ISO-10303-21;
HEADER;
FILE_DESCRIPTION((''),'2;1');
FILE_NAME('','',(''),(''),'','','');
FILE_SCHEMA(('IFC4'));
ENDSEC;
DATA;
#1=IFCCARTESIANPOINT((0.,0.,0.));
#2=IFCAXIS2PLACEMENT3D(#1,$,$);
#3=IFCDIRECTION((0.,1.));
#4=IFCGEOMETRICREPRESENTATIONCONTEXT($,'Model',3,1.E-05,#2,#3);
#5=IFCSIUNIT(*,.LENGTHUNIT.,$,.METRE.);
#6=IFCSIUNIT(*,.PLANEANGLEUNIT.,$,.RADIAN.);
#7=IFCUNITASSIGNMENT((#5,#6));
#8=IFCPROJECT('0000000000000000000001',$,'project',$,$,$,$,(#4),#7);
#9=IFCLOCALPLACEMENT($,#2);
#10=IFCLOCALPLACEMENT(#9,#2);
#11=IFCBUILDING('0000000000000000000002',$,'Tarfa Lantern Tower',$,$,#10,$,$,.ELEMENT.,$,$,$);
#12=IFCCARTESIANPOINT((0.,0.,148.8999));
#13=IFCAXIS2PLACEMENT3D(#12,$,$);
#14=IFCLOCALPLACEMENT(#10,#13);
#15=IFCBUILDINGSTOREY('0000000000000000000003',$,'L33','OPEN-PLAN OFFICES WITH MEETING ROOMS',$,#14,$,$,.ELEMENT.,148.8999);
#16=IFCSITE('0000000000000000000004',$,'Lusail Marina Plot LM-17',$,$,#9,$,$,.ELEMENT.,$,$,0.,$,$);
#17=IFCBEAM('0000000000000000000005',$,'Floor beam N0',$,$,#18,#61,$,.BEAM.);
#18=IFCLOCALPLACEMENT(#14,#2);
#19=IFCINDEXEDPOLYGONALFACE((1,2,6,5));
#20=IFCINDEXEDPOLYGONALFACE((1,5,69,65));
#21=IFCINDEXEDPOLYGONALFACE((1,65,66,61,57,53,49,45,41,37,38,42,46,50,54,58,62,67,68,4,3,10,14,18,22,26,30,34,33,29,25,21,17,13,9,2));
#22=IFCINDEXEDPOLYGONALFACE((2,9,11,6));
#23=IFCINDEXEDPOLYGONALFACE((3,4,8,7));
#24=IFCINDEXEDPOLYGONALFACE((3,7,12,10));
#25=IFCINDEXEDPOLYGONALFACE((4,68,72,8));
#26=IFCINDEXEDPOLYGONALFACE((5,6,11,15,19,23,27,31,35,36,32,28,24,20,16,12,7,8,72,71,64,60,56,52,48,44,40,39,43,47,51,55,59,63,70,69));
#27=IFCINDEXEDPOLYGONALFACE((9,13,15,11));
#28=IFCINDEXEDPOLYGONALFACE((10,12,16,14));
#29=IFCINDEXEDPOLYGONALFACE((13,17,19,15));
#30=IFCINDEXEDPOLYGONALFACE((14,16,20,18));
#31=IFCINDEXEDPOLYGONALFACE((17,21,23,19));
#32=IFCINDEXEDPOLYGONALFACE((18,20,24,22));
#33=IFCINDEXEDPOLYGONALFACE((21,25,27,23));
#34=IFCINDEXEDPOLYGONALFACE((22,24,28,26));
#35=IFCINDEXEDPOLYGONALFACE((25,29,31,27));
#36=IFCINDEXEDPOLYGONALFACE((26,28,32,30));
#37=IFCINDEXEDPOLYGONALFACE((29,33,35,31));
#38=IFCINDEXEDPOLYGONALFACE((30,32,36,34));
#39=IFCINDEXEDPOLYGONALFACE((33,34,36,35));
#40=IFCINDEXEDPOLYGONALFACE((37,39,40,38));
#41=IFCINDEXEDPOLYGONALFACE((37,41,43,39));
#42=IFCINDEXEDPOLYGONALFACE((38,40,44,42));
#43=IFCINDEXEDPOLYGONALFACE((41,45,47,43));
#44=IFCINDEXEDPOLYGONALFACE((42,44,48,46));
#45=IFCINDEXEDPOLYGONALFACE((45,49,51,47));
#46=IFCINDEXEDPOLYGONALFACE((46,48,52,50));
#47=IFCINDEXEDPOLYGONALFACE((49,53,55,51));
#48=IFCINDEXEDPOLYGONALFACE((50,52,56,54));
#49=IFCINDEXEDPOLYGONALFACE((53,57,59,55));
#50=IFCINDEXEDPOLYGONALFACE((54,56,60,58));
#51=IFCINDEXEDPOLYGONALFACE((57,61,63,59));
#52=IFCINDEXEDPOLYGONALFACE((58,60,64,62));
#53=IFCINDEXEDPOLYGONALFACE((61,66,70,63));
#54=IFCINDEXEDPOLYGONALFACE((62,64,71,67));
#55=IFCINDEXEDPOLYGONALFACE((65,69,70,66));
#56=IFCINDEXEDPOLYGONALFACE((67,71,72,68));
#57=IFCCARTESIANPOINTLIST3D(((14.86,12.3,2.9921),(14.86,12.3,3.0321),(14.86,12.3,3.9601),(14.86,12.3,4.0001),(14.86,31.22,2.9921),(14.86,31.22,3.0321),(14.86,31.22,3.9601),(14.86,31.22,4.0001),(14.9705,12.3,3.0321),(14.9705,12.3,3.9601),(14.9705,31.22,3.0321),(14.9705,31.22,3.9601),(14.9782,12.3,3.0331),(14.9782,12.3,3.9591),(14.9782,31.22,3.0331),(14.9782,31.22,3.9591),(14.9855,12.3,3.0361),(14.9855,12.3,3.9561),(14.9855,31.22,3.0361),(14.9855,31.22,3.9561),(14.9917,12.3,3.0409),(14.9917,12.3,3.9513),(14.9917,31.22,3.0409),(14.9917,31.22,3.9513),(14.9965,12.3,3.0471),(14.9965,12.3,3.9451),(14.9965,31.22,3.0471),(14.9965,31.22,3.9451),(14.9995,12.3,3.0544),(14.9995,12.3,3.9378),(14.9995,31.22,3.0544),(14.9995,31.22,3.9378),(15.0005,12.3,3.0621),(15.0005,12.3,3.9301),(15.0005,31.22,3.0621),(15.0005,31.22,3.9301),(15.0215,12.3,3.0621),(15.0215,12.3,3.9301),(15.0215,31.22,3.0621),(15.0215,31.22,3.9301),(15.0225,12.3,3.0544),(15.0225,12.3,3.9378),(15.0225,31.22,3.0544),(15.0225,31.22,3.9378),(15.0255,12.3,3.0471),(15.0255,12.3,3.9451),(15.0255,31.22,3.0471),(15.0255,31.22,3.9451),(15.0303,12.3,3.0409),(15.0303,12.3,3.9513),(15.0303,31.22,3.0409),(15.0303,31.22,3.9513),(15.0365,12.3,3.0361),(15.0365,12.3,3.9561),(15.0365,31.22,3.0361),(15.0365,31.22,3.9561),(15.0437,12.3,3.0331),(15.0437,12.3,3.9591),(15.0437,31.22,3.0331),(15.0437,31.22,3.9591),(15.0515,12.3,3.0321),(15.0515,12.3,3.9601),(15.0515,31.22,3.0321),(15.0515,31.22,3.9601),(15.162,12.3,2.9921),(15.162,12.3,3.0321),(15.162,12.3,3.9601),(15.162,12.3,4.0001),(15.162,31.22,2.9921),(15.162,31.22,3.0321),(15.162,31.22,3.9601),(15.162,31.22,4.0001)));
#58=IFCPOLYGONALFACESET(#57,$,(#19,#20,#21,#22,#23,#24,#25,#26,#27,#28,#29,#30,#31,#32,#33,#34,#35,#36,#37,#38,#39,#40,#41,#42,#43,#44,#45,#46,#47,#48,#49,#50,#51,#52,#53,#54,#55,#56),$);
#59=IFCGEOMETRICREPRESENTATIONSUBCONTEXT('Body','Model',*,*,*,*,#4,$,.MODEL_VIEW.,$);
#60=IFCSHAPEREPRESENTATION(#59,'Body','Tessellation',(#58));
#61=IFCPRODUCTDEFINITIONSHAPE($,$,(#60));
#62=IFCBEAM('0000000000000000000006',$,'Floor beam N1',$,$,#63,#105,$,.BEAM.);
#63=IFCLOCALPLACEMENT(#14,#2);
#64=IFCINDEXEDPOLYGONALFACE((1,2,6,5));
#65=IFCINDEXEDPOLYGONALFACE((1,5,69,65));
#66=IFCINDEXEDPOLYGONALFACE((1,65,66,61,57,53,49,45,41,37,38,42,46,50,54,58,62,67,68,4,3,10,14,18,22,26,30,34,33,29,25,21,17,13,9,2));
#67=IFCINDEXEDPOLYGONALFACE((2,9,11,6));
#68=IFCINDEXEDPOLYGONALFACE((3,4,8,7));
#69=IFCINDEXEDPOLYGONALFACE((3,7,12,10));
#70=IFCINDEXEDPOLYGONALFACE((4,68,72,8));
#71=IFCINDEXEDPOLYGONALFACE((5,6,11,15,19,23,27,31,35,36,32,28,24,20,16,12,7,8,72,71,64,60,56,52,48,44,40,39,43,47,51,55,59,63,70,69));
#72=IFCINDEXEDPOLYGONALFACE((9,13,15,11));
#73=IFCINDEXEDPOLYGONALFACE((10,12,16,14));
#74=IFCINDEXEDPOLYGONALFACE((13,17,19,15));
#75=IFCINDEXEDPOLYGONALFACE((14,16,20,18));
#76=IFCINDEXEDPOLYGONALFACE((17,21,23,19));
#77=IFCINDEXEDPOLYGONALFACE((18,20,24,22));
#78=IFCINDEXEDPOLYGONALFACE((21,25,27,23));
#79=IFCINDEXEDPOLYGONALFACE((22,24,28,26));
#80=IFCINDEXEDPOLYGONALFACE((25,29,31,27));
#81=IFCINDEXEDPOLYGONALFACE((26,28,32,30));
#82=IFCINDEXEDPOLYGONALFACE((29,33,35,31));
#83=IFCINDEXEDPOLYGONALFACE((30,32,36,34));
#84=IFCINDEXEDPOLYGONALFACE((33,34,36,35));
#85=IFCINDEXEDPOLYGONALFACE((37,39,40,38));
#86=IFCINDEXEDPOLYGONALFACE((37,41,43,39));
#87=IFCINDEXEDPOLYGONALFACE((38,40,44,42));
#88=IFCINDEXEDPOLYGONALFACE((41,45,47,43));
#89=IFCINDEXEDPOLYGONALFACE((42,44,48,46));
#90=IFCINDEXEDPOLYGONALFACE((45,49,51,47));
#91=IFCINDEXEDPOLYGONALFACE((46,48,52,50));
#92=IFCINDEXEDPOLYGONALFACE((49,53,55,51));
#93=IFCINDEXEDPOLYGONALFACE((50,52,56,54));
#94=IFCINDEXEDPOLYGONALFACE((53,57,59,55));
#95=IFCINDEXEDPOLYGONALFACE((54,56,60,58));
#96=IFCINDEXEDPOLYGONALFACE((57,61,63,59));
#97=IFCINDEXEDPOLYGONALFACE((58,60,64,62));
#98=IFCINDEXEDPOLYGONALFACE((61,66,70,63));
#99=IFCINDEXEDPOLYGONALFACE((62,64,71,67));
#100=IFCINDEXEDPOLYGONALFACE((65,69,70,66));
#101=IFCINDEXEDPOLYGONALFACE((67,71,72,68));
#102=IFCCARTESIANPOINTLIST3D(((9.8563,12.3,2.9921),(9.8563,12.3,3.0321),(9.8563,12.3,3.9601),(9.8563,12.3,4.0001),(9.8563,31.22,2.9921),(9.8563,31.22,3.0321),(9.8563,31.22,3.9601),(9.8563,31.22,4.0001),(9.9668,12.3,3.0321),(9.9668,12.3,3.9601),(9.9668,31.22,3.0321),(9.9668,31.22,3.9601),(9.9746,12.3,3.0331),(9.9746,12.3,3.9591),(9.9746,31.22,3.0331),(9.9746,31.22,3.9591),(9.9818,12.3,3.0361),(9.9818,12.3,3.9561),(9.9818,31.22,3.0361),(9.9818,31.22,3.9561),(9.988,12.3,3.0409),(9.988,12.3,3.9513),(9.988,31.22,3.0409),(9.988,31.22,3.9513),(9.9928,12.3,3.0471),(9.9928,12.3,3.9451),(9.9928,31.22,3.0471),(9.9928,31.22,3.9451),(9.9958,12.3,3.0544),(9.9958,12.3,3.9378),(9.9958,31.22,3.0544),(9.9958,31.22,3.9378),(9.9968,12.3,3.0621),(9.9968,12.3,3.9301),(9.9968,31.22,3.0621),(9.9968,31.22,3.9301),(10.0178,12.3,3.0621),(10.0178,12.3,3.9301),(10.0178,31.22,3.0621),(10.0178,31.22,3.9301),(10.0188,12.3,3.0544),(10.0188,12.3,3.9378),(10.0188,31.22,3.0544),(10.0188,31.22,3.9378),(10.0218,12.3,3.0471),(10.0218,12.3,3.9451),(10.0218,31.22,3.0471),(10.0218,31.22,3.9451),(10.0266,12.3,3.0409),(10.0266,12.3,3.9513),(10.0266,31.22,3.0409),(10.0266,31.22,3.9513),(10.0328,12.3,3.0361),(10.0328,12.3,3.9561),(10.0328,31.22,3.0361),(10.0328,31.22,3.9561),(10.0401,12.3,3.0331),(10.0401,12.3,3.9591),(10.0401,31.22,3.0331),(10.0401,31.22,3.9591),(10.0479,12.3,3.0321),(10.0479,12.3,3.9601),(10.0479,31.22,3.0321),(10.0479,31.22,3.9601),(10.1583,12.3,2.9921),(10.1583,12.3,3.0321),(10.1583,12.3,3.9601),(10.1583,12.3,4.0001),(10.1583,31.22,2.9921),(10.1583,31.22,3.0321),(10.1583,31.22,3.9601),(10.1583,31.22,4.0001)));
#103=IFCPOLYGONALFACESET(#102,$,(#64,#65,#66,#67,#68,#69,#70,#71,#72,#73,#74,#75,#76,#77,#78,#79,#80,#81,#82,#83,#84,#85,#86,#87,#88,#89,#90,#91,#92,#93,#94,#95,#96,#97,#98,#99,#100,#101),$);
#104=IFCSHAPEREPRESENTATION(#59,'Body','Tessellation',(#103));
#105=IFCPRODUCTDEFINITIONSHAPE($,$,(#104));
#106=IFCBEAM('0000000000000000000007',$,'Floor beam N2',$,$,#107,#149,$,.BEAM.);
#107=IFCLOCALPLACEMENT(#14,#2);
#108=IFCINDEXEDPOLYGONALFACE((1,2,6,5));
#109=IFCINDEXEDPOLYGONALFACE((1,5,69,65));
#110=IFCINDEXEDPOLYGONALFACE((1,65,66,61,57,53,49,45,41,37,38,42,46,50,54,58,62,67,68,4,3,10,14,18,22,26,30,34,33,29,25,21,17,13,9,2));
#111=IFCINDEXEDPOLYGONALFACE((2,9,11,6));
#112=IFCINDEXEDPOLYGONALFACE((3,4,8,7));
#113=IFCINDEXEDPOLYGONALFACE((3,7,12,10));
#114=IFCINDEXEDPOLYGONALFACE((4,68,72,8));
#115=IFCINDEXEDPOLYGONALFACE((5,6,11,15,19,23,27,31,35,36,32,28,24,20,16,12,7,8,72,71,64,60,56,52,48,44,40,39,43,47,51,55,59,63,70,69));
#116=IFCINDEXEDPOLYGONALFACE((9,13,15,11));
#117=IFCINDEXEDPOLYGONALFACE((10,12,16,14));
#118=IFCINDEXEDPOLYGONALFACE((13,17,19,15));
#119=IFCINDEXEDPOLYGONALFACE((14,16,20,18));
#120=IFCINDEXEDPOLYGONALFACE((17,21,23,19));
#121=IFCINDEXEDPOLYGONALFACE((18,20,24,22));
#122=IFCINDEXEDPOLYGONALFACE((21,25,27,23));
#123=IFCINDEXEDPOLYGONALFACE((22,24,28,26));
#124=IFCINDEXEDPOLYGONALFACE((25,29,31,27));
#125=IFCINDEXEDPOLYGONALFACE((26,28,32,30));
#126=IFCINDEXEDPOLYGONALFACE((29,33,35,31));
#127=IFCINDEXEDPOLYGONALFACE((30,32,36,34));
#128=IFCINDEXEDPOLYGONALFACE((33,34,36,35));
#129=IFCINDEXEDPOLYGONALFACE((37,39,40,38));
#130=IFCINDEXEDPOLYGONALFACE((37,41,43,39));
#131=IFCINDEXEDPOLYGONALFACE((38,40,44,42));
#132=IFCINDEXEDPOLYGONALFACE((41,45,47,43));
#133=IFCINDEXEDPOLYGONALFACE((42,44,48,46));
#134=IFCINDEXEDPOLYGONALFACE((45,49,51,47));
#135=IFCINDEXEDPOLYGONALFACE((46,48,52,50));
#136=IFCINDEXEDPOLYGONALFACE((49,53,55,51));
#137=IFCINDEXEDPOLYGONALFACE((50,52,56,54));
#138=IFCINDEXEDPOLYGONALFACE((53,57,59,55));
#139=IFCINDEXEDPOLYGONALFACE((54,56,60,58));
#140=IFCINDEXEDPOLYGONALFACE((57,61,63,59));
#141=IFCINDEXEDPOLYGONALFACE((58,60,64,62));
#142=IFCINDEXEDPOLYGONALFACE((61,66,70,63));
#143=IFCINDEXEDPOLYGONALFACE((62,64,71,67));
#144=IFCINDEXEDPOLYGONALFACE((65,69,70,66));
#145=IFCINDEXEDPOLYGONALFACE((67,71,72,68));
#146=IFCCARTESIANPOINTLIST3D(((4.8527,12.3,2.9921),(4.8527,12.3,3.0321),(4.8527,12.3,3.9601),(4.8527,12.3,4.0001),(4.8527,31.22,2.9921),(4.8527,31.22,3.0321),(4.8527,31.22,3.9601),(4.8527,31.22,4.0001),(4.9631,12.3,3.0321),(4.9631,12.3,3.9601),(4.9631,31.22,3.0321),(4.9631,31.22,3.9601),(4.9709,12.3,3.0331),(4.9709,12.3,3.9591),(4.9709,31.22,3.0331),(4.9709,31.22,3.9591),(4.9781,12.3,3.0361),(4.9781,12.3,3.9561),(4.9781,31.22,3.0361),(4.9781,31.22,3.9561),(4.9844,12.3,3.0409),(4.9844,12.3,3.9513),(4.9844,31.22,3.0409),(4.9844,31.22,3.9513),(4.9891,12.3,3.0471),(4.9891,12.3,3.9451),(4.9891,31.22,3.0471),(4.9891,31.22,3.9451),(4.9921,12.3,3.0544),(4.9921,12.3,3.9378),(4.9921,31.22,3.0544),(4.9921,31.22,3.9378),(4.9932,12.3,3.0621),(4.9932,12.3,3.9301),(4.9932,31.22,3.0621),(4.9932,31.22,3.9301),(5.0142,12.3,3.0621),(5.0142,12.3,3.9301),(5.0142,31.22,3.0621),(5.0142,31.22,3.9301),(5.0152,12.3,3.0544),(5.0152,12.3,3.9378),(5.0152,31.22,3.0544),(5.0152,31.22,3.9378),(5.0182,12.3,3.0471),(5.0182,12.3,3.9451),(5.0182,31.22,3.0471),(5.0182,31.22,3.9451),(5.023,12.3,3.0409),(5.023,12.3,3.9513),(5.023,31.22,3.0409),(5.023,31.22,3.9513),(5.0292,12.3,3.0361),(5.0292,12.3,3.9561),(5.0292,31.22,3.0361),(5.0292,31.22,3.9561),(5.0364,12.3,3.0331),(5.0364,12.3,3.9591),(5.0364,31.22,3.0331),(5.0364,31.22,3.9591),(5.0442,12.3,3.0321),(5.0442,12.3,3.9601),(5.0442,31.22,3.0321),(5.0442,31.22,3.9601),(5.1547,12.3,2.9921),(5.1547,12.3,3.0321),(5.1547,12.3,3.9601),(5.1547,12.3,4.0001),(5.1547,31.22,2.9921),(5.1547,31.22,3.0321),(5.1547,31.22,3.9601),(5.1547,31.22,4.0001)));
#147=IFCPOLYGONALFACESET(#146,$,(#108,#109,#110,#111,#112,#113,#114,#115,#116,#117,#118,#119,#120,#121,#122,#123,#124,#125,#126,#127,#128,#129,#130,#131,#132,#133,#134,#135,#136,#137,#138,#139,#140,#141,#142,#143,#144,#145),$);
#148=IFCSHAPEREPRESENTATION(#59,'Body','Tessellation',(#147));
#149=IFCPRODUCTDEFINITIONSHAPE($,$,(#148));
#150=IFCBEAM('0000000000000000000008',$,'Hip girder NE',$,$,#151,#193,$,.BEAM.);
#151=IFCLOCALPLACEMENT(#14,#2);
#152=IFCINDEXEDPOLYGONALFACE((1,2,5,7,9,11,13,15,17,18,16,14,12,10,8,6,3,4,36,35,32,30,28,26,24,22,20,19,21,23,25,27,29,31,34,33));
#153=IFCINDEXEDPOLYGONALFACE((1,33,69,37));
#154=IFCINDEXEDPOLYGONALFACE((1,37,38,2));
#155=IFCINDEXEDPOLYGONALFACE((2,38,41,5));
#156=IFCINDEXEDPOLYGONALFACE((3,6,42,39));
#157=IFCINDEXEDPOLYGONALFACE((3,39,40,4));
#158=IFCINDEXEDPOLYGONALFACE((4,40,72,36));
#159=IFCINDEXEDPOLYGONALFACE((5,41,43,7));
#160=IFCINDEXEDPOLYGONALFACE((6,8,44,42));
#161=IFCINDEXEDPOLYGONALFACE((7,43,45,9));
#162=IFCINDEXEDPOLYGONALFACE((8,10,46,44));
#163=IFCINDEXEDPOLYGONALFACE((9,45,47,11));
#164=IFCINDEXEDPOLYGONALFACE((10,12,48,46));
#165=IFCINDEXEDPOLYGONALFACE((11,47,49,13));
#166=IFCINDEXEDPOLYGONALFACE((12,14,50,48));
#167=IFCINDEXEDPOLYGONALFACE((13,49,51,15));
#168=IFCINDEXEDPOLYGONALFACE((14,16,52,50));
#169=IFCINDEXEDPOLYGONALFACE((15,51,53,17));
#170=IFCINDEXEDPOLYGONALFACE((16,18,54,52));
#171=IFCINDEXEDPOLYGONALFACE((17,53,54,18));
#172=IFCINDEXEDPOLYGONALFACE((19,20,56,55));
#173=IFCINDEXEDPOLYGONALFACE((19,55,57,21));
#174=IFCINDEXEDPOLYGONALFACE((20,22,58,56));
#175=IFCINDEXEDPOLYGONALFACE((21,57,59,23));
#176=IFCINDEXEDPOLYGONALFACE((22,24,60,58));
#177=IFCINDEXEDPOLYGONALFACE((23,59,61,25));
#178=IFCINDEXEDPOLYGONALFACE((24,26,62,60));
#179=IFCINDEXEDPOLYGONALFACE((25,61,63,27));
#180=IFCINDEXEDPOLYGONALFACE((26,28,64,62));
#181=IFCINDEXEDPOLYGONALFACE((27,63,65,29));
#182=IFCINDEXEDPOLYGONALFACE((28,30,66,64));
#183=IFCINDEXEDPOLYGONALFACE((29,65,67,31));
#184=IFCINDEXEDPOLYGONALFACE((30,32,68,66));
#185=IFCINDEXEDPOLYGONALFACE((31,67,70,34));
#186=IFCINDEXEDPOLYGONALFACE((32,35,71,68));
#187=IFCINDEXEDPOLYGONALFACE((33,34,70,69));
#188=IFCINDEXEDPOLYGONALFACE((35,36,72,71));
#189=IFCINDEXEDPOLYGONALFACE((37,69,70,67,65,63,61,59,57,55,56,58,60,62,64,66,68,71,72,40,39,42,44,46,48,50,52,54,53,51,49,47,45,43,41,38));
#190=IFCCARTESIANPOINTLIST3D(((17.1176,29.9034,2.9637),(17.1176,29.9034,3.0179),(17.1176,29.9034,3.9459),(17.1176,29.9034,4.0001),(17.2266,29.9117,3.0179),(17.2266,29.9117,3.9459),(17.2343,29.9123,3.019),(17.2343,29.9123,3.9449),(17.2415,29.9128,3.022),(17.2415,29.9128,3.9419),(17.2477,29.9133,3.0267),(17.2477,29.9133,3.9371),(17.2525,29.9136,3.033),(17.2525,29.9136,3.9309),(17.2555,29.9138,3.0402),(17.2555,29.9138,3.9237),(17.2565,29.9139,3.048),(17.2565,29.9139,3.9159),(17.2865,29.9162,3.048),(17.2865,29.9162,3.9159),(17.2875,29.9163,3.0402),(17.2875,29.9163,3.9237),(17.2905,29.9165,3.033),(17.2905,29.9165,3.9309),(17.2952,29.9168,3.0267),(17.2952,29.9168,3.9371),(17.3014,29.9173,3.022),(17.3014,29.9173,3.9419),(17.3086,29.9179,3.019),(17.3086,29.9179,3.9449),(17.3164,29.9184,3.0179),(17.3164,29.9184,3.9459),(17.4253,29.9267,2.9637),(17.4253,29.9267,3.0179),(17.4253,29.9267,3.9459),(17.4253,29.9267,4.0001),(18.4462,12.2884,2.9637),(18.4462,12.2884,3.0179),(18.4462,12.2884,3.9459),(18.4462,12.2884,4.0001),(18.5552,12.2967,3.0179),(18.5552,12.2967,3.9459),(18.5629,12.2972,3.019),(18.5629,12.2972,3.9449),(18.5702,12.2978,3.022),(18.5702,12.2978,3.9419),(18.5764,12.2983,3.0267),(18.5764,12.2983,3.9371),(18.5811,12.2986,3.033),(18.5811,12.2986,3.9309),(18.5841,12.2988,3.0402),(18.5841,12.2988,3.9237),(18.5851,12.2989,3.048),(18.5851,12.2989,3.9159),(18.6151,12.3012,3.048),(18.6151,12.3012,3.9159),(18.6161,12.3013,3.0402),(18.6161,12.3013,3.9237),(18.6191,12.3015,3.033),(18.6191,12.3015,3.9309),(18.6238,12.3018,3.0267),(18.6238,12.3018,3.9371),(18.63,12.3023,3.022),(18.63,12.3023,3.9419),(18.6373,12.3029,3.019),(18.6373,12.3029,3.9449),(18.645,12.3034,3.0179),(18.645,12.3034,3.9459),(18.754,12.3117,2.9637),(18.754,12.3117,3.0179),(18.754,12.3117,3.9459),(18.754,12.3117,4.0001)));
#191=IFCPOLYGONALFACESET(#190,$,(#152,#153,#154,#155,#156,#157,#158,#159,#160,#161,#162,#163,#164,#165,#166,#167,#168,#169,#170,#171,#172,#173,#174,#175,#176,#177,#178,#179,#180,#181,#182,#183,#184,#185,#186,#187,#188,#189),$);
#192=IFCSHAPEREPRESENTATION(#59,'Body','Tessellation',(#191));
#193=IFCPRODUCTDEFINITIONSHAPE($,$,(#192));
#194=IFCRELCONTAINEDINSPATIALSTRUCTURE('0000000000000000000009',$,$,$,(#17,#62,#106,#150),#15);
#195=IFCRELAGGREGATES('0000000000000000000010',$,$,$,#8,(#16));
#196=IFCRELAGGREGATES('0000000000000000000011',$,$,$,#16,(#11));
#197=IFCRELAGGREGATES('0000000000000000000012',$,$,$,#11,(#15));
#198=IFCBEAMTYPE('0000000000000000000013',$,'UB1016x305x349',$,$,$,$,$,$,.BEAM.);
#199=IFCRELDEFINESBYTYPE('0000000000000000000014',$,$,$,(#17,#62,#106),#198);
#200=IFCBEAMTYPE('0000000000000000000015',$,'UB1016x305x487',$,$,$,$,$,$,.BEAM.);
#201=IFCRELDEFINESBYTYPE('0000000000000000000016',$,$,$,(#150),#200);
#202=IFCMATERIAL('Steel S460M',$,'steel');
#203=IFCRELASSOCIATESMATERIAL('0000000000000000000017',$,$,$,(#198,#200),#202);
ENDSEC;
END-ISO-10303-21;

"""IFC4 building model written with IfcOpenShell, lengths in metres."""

from ifc_helpers import new_model, si_unit, direction, frame, origin, origin_2d, place, context, subcontext, project, spatial, i_section, extrude, material, material_profile, profile_set, type_object, element, save


model = new_model("IFC4")

# Units and contexts
model_context = context("Model", 3, precision=1e-05, world=origin(), true_north=direction((0.0, 1.0)))
body_context = subcontext(model_context, "Body", "Model", "MODEL_VIEW")
ifc_project = project(units=[si_unit("LENGTHUNIT", "METRE"), si_unit("PLANEANGLEUNIT", "RADIAN")], contexts=[model_context])

# Site, building, storey
site_placement = place(None, origin())
site = spatial("IfcSite", under=ifc_project, at=site_placement, Name="Lusail Marina Plot LM-17", CompositionType="ELEMENT", RefElevation=0.0)
building_placement = place(site_placement, origin())
building = spatial("IfcBuilding", under=site, at=building_placement, Name="Tarfa Lantern Tower", CompositionType="ELEMENT")
storey_placement = place(building_placement, frame((0.0, 0.0, 148.8999)))
storey = spatial("IfcBuildingStorey", under=building, at=storey_placement, Name="L33", Description="OPEN-PLAN OFFICES WITH MEETING ROOMS", CompositionType="ELEMENT", Elevation=148.8999)

# Beams
ifc_material_1 = material(Name="Steel S460M", Category="steel")
ifc_material_profile_1 = material_profile(ifc_material_1, i_section(OverallWidth=0.302, OverallDepth=1.0081, WebThickness=0.021, FlangeThickness=0.04, FilletRadius=0.03, at=origin_2d()), Name="UB1016x305x349")
ifc_profile_set_1 = profile_set([ifc_material_profile_1], Name="Steel S460M")
beam_type_1 = type_object("IfcBeamType", Name="UB1016x305x349", PredefinedType="BEAM", material=ifc_profile_set_1)
for number, where, z_axis, x_axis, name in (
    (1, (15.011, 31.22, 3.4961), (0.0, -1.0, 0.0), (1.0, 0.0, 0.0), "Floor beam N0"),
    (2, (10.0073, 31.22, 3.4961), (0.0, -1.0, 0.0), (1.0, 0.0, 0.0), "Floor beam N1"),
    (3, (5.0037, 31.22, 3.4961), (0.0, -1.0, 0.0), (1.0, 0.0, 0.0), "Floor beam N2"),
):
    element("IfcBeam", number, at=place(storey_placement, frame(where, z_axis=z_axis, x_axis=x_axis)), inside=storey, type_object=beam_type_1, Name=name, PredefinedType="BEAM", context=body_context, shape_type="SweptSolid", body=[
        extrude(i_section(OverallWidth=0.302, OverallDepth=1.0081, WebThickness=0.021, FlangeThickness=0.04, FilletRadius=0.03, at=origin_2d()), origin(), (0.0, 0.0, 1.0), 18.9199),
    ])
ifc_material_profile_2 = material_profile(ifc_material_1, i_section(OverallWidth=0.3086, OverallDepth=1.0364, WebThickness=0.03, FlangeThickness=0.0542, FilletRadius=0.03, at=origin_2d()), Name="UB1016x305x487")
ifc_profile_set_2 = profile_set([ifc_material_profile_2], Name="Steel S460M")
beam_type_2 = type_object("IfcBeamType", Name="UB1016x305x487", PredefinedType="BEAM", material=ifc_profile_set_2)
beam_1_placement = place(storey_placement, frame((18.6001, 12.3, 3.4819), z_axis=(-0.075212, 0.997168, 0.0), x_axis=(-0.997168, -0.075212, 0.0)))
element("IfcBeam", 4, at=beam_1_placement, inside=storey, type_object=beam_type_2, Name="Hip girder NE", PredefinedType="BEAM", context=body_context, shape_type="SweptSolid", body=[
    extrude(i_section(OverallWidth=0.3086, OverallDepth=1.0364, WebThickness=0.03, FlangeThickness=0.0542, FilletRadius=0.03, at=origin_2d()), origin(), (0.0, 0.0, 1.0), 17.665),
])

save(model, "model.ifc")
